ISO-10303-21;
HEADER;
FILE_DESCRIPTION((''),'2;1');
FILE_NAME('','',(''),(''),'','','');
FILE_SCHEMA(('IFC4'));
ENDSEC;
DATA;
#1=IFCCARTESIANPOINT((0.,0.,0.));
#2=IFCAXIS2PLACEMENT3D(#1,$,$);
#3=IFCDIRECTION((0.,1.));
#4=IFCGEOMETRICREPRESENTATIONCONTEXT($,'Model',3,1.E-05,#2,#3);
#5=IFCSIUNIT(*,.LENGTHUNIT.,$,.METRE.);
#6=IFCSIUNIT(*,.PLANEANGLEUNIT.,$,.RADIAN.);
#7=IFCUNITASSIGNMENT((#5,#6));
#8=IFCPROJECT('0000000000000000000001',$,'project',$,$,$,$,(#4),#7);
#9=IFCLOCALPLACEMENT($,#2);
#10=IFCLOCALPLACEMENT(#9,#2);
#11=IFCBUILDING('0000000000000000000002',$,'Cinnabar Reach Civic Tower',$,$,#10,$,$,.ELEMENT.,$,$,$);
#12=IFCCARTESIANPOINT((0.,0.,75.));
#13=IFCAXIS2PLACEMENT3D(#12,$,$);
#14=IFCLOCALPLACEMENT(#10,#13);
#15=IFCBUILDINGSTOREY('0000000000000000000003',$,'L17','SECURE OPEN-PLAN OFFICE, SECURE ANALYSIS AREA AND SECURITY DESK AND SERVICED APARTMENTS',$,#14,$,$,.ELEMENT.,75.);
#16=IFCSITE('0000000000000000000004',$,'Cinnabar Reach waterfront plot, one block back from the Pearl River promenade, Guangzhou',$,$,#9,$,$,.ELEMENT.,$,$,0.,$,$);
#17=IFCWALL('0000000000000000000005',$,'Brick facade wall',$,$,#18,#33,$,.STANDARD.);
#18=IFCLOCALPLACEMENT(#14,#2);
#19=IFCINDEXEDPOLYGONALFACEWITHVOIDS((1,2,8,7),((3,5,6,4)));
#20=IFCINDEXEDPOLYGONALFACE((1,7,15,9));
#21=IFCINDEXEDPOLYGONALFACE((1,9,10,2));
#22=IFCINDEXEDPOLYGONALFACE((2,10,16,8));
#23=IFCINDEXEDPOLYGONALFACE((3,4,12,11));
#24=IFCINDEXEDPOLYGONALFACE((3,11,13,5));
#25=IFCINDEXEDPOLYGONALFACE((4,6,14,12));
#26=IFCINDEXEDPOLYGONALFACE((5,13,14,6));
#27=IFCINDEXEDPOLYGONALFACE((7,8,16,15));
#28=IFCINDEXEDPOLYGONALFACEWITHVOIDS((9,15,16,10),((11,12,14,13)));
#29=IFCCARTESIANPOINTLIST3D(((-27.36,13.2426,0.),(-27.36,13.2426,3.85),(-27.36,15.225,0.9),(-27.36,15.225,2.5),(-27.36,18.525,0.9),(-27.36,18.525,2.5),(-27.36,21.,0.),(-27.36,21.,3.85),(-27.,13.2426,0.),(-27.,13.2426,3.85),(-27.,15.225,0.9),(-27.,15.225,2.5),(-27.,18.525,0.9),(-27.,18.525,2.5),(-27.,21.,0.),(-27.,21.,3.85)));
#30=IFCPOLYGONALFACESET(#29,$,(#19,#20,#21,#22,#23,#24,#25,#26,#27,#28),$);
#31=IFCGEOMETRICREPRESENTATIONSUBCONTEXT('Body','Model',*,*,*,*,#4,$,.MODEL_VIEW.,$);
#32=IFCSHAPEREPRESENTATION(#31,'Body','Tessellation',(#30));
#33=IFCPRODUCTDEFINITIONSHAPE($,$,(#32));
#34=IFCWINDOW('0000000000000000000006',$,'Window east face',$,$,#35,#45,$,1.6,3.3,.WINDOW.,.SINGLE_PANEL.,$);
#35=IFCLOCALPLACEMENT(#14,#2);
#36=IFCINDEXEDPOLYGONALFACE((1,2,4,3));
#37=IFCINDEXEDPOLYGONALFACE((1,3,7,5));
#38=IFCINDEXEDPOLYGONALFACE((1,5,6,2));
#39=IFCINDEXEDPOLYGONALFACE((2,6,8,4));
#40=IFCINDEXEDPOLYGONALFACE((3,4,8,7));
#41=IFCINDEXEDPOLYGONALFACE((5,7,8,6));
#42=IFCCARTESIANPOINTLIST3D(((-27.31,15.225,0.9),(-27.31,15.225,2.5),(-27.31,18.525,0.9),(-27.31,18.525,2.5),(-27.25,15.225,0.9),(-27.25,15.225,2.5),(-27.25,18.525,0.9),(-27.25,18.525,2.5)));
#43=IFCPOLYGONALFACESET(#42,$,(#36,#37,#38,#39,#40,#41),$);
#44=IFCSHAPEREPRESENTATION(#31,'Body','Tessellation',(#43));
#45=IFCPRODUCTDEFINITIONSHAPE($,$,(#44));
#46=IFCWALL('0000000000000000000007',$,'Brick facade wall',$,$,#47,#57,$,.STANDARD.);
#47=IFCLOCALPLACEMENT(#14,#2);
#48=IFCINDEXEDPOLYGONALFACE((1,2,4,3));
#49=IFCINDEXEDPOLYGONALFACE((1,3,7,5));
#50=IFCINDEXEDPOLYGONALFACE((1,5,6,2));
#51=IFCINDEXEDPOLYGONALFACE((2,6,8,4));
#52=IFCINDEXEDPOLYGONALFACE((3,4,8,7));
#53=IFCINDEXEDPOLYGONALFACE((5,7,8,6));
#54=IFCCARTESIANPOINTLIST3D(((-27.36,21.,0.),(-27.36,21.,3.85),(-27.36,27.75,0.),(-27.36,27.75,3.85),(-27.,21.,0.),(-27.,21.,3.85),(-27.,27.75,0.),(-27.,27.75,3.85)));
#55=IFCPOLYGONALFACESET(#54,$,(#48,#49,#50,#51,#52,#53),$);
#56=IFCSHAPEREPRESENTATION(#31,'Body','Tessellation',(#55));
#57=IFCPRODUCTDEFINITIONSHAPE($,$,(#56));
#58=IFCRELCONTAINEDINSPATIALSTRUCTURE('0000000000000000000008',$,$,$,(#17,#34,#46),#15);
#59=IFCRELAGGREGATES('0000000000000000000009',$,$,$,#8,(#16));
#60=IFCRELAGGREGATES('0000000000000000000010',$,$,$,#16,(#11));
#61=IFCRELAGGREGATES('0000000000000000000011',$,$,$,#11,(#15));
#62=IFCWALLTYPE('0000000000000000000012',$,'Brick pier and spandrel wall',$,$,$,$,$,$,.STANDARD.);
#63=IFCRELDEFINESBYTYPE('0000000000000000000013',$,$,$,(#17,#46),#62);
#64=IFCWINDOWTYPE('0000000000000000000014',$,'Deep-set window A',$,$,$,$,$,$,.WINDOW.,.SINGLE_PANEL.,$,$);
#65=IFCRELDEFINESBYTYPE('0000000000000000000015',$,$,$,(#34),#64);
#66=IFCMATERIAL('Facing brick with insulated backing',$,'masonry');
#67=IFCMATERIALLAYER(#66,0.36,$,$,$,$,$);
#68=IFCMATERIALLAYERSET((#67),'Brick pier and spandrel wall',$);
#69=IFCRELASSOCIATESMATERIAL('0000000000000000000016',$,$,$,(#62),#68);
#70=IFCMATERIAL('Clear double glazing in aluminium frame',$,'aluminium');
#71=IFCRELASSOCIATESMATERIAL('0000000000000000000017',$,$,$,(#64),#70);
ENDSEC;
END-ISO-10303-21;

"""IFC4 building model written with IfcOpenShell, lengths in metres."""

from ifc_helpers import new_model, si_unit, direction, frame, frame_2d, origin, place, context, subcontext, project, spatial, rectangle, extrude, material, layer, layer_set, type_object, element, fill, save


model = new_model("IFC4")

# Units and contexts
model_context = context("Model", 3, precision=1e-05, world=origin(), true_north=direction((0.0, 1.0)))
body_context = subcontext(model_context, "Body", "Model", "MODEL_VIEW")
ifc_project = project(units=[si_unit("LENGTHUNIT", "METRE"), si_unit("PLANEANGLEUNIT", "RADIAN")], contexts=[model_context])

# Site, building, storey
site_placement = place(None, origin())
site = spatial("IfcSite", under=ifc_project, at=site_placement, Name="Cinnabar Reach waterfront plot, one block back from the Pearl River promenade, Guangzhou", CompositionType="ELEMENT", RefElevation=0.0)
building_placement = place(site_placement, origin())
building = spatial("IfcBuilding", under=site, at=building_placement, Name="Cinnabar Reach Civic Tower", CompositionType="ELEMENT")
storey_placement = place(building_placement, frame((0.0, 0.0, 75.0)))
storey = spatial("IfcBuildingStorey", under=building, at=storey_placement, Name="L17", Description="SECURE OPEN-PLAN OFFICE, SECURE ANALYSIS AREA AND SECURITY DESK AND SERVICED APARTMENTS", CompositionType="ELEMENT", Elevation=75.0)

# Shared definitions
ifc_material_1 = material(Name="Facing brick with insulated backing", Category="masonry")

# Wall, opening, window
ifc_layer_1 = layer(ifc_material_1, 0.36)
ifc_layer_set_1 = layer_set([ifc_layer_1], Name="Brick pier and spandrel wall")
wall_type_1 = type_object("IfcWallType", Name="Brick pier and spandrel wall", PredefinedType="STANDARD", material=ifc_layer_set_1)
wall_1_placement = place(storey_placement, frame((-27.18, 13.2426, 0.0), z_axis=(0.0, 0.0, 1.0), x_axis=(0.0, 1.0, 0.0)))
wall_1 = element("IfcWall", 1, at=wall_1_placement, inside=storey, type_object=wall_type_1, Name="Brick facade wall", PredefinedType="STANDARD", context=body_context, shape_type="SweptSolid", body=[
    extrude(rectangle(XDim=7.7574, YDim=0.36, at=frame_2d((3.8787, 0.0))), origin(), (0.0, 0.0, 1.0), 3.85),
])
opening_placement = place(wall_1_placement, frame((1.9824, 0.0, 0.9)))
opening = element("IfcOpeningElement", 2, at=opening_placement, cuts=wall_1, PredefinedType="OPENING", context=body_context, shape_type="SweptSolid", body=[
    extrude(rectangle(XDim=3.3, YDim=1.6, at=frame_2d((1.65, 0.8))), frame((0.0, 0.19, 0.0), z_axis=(0.0, -1.0, 0.0), x_axis=(1.0, 0.0, 0.0)), (0.0, 0.0, 1.0), 0.38),
])
ifc_material_2 = material(Name="Clear double glazing in aluminium frame", Category="aluminium")
window_type = type_object("IfcWindowType", Name="Deep-set window A", PartitioningType="SINGLE_PANEL", PredefinedType="WINDOW", material=ifc_material_2)
window_placement = place(opening_placement, origin())
window = element("IfcWindow", 3, at=window_placement, inside=storey, type_object=window_type, Name="Window east face", OverallHeight=1.6, OverallWidth=3.3, PartitioningType="SINGLE_PANEL", PredefinedType="WINDOW", context=body_context, shape_type="SweptSolid", body=[
    extrude(rectangle(XDim=3.3, YDim=1.6, at=frame_2d((1.65, 0.8))), frame((0.0, 0.13, 0.0), z_axis=(0.0, -1.0, 0.0), x_axis=(1.0, 0.0, 0.0)), (0.0, 0.0, 1.0), 0.06),
])
fill(opening, window)

# Wall
wall_2_placement = place(storey_placement, frame((-27.18, 21.0, 0.0), z_axis=(0.0, 0.0, 1.0), x_axis=(0.0, 1.0, 0.0)))
element("IfcWall", 4, at=wall_2_placement, inside=storey, type_object=wall_type_1, Name="Brick facade wall", PredefinedType="STANDARD", context=body_context, shape_type="SweptSolid", body=[
    extrude(rectangle(XDim=6.75, YDim=0.36, at=frame_2d((3.375, 0.0))), origin(), (0.0, 0.0, 1.0), 3.85),
])

save(model, "model.ifc")
